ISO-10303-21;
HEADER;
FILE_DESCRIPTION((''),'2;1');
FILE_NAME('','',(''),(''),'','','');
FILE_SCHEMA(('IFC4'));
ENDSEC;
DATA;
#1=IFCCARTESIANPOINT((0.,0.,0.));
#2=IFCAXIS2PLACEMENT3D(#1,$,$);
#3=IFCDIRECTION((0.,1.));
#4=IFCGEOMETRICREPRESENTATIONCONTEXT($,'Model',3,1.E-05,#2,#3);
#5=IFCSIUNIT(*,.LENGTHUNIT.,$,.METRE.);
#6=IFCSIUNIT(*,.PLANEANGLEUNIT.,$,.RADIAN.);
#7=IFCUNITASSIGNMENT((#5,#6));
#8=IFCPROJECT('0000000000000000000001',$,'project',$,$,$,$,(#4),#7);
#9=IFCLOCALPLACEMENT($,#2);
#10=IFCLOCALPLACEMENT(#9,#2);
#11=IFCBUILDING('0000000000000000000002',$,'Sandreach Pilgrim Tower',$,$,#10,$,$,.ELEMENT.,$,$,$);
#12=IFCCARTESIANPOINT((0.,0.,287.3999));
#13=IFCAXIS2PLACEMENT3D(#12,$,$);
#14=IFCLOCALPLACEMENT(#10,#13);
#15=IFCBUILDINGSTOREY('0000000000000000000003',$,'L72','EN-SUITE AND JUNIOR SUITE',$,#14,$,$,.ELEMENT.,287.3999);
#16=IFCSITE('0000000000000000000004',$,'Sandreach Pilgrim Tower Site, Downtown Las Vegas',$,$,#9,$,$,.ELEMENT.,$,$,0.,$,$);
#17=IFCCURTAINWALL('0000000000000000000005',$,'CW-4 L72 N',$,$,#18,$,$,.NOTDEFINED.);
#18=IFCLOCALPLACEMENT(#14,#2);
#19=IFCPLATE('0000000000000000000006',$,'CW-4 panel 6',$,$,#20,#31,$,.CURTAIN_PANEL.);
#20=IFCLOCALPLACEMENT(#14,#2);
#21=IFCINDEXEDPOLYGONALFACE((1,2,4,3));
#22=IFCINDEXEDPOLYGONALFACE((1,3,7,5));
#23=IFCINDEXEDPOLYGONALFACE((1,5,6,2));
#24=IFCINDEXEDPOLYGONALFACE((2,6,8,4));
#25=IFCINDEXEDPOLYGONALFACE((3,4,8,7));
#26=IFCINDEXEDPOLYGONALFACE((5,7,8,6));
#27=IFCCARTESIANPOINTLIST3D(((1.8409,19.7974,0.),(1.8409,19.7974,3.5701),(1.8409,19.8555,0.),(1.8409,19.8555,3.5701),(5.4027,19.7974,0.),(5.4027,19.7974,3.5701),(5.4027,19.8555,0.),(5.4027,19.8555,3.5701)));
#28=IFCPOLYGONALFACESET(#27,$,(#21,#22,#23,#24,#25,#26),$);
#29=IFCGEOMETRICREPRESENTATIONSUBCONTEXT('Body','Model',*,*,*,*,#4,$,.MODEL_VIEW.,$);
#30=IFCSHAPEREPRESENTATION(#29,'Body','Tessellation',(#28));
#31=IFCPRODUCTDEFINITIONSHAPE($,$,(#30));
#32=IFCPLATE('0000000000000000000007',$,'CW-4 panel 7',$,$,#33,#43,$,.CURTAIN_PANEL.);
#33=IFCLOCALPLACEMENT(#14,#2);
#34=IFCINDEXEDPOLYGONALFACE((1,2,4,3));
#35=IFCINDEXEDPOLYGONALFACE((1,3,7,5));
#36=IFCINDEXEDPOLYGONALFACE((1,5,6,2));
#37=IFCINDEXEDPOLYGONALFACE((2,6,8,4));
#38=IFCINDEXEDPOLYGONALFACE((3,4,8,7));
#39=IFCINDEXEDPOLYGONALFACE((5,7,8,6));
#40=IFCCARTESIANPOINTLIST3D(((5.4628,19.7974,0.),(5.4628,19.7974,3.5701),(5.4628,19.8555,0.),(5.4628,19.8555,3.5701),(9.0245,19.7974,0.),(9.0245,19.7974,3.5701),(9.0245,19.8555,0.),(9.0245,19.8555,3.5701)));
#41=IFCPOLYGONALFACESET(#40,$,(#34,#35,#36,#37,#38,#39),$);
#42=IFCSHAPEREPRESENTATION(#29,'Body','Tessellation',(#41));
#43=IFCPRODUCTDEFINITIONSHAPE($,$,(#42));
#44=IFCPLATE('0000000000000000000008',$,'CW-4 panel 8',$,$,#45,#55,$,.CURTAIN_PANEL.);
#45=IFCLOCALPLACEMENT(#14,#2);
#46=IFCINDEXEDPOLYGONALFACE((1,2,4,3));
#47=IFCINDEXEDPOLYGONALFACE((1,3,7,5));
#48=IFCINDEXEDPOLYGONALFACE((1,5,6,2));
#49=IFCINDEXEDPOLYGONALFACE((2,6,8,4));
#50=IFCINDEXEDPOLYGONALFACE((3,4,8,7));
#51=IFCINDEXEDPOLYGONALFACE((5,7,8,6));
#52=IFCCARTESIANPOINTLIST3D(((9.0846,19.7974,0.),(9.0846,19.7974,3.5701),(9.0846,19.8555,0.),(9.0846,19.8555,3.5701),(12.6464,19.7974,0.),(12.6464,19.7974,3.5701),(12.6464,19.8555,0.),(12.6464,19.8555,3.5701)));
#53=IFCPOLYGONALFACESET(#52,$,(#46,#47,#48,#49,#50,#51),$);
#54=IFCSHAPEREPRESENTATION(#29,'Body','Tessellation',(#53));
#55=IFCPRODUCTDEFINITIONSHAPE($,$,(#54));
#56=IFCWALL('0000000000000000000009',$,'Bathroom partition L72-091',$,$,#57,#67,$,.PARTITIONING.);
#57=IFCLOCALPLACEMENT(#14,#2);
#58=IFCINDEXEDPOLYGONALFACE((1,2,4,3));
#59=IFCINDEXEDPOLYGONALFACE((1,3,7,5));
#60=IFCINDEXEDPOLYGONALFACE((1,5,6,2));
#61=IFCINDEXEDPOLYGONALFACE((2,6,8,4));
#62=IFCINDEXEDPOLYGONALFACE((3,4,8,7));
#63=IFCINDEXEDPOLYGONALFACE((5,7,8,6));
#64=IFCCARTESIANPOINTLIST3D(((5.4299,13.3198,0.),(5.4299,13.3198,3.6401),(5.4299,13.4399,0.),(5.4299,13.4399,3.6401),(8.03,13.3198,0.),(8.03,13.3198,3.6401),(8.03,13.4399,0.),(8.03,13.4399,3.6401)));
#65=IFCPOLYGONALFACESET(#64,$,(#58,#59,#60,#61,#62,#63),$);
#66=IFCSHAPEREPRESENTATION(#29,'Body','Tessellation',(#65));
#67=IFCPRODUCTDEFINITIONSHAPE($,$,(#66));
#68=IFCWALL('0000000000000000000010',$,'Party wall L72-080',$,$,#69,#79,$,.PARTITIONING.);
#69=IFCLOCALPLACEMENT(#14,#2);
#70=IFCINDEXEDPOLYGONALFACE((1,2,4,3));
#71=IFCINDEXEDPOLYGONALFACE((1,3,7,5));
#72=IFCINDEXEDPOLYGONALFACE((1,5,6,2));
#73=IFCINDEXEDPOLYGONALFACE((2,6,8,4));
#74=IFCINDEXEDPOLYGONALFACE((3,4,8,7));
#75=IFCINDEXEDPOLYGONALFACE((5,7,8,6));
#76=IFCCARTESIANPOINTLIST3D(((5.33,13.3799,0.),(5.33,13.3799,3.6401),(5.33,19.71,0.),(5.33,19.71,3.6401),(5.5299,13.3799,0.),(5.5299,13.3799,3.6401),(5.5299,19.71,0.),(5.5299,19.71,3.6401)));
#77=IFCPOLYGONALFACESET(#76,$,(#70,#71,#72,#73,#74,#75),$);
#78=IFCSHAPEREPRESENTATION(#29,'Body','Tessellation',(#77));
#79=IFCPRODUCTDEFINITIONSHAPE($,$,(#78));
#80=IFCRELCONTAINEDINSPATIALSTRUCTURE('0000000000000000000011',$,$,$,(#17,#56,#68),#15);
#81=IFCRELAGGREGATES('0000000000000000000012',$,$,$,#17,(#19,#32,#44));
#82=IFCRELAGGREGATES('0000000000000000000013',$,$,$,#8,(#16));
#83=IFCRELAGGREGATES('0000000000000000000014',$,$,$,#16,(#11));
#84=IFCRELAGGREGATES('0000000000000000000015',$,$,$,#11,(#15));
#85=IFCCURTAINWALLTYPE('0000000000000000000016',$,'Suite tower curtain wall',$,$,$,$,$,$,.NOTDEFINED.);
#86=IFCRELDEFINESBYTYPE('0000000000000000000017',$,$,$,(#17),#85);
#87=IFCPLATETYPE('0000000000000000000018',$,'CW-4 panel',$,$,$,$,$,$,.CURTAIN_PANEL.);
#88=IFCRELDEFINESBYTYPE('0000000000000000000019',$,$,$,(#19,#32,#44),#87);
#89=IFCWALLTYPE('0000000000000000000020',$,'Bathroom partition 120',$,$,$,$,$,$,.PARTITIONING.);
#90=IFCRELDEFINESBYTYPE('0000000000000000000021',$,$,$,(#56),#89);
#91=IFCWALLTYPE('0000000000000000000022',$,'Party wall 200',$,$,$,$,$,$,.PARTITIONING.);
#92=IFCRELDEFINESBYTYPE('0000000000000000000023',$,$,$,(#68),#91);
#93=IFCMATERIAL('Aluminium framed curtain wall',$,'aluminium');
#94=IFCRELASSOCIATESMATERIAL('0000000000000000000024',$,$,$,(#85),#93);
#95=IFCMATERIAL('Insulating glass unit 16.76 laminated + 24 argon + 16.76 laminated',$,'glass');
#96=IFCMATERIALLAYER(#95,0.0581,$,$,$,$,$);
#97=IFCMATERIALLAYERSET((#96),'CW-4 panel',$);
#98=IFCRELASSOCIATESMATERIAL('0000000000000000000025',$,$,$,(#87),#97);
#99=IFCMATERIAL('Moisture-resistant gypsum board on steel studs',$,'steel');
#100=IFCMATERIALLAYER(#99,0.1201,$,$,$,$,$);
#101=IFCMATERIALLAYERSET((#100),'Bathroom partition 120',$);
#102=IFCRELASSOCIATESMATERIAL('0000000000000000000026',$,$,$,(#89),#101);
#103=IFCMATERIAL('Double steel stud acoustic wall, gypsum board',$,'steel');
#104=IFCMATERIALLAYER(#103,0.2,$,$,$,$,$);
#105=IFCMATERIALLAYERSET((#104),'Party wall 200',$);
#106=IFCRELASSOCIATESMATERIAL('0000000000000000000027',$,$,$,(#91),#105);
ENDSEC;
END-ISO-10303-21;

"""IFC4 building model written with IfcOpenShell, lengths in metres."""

from ifc_helpers import new_model, si_unit, direction, frame, frame_2d, origin, origin_2d, place, context, subcontext, project, spatial, rectangle, extrude, material, layer, layer_set, type_object, element, aggregate, save


model = new_model("IFC4")

# Units and contexts
model_context = context("Model", 3, precision=1e-05, world=origin(), true_north=direction((0.0, 1.0)))
body_context = subcontext(model_context, "Body", "Model", "MODEL_VIEW")
ifc_project = project(units=[si_unit("LENGTHUNIT", "METRE"), si_unit("PLANEANGLEUNIT", "RADIAN")], contexts=[model_context])

# Site, building, storey
site_placement = place(None, origin())
site = spatial("IfcSite", under=ifc_project, at=site_placement, Name="Sandreach Pilgrim Tower Site, Downtown Las Vegas", CompositionType="ELEMENT", RefElevation=0.0)
building_placement = place(site_placement, origin())
building = spatial("IfcBuilding", under=site, at=building_placement, Name="Sandreach Pilgrim Tower", CompositionType="ELEMENT")
storey_placement = place(building_placement, frame((0.0, 0.0, 287.3999)))
storey = spatial("IfcBuildingStorey", under=building, at=storey_placement, Name="L72", Description="EN-SUITE AND JUNIOR SUITE", CompositionType="ELEMENT", Elevation=287.3999)

# Curtain wall
ifc_material_1 = material(Name="Aluminium framed curtain wall", Category="aluminium")
curtain_wall_type = type_object("IfcCurtainWallType", Name="Suite tower curtain wall", PredefinedType="NOTDEFINED", material=ifc_material_1)
curtain_wall_placement = place(storey_placement, origin())
curtain_wall = element("IfcCurtainWall", 1, at=curtain_wall_placement, inside=storey, type_object=curtain_wall_type, Name="CW-4 L72 N", PredefinedType="NOTDEFINED")

# Plates
ifc_material_2 = material(Name="Insulating glass unit 16.76 laminated + 24 argon + 16.76 laminated", Category="glass")
ifc_layer_1 = layer(ifc_material_2, 0.0581)
ifc_layer_set_1 = layer_set([ifc_layer_1], Name="CW-4 panel")
plate_type = type_object("IfcPlateType", Name="CW-4 panel", PredefinedType="CURTAIN_PANEL", material=ifc_layer_set_1)
plate_1_placement = place(storey_placement, frame((3.6218, 19.8264, 0.0), z_axis=(0.0, 0.0, 1.0), x_axis=(1.0, 0.0, 0.0)))
plate_1 = element("IfcPlate", 2, at=plate_1_placement, type_object=plate_type, Name="CW-4 panel 6", PredefinedType="CURTAIN_PANEL", context=body_context, shape_type="SweptSolid", body=[
    extrude(rectangle(XDim=3.5618, YDim=0.0581, at=origin_2d()), origin(), (0.0, 0.0, 1.0), 3.5701),
])
plate_2_placement = place(storey_placement, frame((7.2437, 19.8264, 0.0), z_axis=(0.0, 0.0, 1.0), x_axis=(1.0, 0.0, 0.0)))
plate_2 = element("IfcPlate", 3, at=plate_2_placement, type_object=plate_type, Name="CW-4 panel 7", PredefinedType="CURTAIN_PANEL", context=body_context, shape_type="SweptSolid", body=[
    extrude(rectangle(XDim=3.5618, YDim=0.0581, at=origin_2d()), origin(), (0.0, 0.0, 1.0), 3.5701),
])
plate_3_placement = place(storey_placement, frame((10.8655, 19.8264, 0.0), z_axis=(0.0, 0.0, 1.0), x_axis=(1.0, 0.0, 0.0)))
plate_3 = element("IfcPlate", 4, at=plate_3_placement, type_object=plate_type, Name="CW-4 panel 8", PredefinedType="CURTAIN_PANEL", context=body_context, shape_type="SweptSolid", body=[
    extrude(rectangle(XDim=3.5618, YDim=0.0581, at=origin_2d()), origin(), (0.0, 0.0, 1.0), 3.5701),
])
aggregate(curtain_wall, [plate_1, plate_2, plate_3])

# Walls
ifc_material_3 = material(Name="Moisture-resistant gypsum board on steel studs", Category="steel")
ifc_layer_2 = layer(ifc_material_3, 0.1201)
ifc_layer_set_2 = layer_set([ifc_layer_2], Name="Bathroom partition 120")
wall_type_1 = type_object("IfcWallType", Name="Bathroom partition 120", PredefinedType="PARTITIONING", material=ifc_layer_set_2)
wall_1_placement = place(storey_placement, frame((8.03, 13.3799, 0.0), z_axis=(0.0, 0.0, 1.0), x_axis=(-1.0, 0.0, 0.0)))
element("IfcWall", 5, at=wall_1_placement, inside=storey, type_object=wall_type_1, Name="Bathroom partition L72-091", PredefinedType="PARTITIONING", context=body_context, shape_type="SweptSolid", body=[
    extrude(rectangle(XDim=2.6001, YDim=0.1201, at=frame_2d((1.3, 0.0))), origin(), (0.0, 0.0, 1.0), 3.6401),
])
ifc_material_4 = material(Name="Double steel stud acoustic wall, gypsum board", Category="steel")
ifc_layer_3 = layer(ifc_material_4, 0.2)
ifc_layer_set_3 = layer_set([ifc_layer_3], Name="Party wall 200")
wall_type_2 = type_object("IfcWallType", Name="Party wall 200", PredefinedType="PARTITIONING", material=ifc_layer_set_3)
wall_2_placement = place(storey_placement, frame((5.4299, 19.71, 0.0), z_axis=(0.0, 0.0, 1.0), x_axis=(0.0, -1.0, 0.0)))
element("IfcWall", 6, at=wall_2_placement, inside=storey, type_object=wall_type_2, Name="Party wall L72-080", PredefinedType="PARTITIONING", context=body_context, shape_type="SweptSolid", body=[
    extrude(rectangle(XDim=6.3301, YDim=0.2, at=frame_2d((3.165, 0.0))), origin(), (0.0, 0.0, 1.0), 3.6401),
])

save(model, "model.ifc")
